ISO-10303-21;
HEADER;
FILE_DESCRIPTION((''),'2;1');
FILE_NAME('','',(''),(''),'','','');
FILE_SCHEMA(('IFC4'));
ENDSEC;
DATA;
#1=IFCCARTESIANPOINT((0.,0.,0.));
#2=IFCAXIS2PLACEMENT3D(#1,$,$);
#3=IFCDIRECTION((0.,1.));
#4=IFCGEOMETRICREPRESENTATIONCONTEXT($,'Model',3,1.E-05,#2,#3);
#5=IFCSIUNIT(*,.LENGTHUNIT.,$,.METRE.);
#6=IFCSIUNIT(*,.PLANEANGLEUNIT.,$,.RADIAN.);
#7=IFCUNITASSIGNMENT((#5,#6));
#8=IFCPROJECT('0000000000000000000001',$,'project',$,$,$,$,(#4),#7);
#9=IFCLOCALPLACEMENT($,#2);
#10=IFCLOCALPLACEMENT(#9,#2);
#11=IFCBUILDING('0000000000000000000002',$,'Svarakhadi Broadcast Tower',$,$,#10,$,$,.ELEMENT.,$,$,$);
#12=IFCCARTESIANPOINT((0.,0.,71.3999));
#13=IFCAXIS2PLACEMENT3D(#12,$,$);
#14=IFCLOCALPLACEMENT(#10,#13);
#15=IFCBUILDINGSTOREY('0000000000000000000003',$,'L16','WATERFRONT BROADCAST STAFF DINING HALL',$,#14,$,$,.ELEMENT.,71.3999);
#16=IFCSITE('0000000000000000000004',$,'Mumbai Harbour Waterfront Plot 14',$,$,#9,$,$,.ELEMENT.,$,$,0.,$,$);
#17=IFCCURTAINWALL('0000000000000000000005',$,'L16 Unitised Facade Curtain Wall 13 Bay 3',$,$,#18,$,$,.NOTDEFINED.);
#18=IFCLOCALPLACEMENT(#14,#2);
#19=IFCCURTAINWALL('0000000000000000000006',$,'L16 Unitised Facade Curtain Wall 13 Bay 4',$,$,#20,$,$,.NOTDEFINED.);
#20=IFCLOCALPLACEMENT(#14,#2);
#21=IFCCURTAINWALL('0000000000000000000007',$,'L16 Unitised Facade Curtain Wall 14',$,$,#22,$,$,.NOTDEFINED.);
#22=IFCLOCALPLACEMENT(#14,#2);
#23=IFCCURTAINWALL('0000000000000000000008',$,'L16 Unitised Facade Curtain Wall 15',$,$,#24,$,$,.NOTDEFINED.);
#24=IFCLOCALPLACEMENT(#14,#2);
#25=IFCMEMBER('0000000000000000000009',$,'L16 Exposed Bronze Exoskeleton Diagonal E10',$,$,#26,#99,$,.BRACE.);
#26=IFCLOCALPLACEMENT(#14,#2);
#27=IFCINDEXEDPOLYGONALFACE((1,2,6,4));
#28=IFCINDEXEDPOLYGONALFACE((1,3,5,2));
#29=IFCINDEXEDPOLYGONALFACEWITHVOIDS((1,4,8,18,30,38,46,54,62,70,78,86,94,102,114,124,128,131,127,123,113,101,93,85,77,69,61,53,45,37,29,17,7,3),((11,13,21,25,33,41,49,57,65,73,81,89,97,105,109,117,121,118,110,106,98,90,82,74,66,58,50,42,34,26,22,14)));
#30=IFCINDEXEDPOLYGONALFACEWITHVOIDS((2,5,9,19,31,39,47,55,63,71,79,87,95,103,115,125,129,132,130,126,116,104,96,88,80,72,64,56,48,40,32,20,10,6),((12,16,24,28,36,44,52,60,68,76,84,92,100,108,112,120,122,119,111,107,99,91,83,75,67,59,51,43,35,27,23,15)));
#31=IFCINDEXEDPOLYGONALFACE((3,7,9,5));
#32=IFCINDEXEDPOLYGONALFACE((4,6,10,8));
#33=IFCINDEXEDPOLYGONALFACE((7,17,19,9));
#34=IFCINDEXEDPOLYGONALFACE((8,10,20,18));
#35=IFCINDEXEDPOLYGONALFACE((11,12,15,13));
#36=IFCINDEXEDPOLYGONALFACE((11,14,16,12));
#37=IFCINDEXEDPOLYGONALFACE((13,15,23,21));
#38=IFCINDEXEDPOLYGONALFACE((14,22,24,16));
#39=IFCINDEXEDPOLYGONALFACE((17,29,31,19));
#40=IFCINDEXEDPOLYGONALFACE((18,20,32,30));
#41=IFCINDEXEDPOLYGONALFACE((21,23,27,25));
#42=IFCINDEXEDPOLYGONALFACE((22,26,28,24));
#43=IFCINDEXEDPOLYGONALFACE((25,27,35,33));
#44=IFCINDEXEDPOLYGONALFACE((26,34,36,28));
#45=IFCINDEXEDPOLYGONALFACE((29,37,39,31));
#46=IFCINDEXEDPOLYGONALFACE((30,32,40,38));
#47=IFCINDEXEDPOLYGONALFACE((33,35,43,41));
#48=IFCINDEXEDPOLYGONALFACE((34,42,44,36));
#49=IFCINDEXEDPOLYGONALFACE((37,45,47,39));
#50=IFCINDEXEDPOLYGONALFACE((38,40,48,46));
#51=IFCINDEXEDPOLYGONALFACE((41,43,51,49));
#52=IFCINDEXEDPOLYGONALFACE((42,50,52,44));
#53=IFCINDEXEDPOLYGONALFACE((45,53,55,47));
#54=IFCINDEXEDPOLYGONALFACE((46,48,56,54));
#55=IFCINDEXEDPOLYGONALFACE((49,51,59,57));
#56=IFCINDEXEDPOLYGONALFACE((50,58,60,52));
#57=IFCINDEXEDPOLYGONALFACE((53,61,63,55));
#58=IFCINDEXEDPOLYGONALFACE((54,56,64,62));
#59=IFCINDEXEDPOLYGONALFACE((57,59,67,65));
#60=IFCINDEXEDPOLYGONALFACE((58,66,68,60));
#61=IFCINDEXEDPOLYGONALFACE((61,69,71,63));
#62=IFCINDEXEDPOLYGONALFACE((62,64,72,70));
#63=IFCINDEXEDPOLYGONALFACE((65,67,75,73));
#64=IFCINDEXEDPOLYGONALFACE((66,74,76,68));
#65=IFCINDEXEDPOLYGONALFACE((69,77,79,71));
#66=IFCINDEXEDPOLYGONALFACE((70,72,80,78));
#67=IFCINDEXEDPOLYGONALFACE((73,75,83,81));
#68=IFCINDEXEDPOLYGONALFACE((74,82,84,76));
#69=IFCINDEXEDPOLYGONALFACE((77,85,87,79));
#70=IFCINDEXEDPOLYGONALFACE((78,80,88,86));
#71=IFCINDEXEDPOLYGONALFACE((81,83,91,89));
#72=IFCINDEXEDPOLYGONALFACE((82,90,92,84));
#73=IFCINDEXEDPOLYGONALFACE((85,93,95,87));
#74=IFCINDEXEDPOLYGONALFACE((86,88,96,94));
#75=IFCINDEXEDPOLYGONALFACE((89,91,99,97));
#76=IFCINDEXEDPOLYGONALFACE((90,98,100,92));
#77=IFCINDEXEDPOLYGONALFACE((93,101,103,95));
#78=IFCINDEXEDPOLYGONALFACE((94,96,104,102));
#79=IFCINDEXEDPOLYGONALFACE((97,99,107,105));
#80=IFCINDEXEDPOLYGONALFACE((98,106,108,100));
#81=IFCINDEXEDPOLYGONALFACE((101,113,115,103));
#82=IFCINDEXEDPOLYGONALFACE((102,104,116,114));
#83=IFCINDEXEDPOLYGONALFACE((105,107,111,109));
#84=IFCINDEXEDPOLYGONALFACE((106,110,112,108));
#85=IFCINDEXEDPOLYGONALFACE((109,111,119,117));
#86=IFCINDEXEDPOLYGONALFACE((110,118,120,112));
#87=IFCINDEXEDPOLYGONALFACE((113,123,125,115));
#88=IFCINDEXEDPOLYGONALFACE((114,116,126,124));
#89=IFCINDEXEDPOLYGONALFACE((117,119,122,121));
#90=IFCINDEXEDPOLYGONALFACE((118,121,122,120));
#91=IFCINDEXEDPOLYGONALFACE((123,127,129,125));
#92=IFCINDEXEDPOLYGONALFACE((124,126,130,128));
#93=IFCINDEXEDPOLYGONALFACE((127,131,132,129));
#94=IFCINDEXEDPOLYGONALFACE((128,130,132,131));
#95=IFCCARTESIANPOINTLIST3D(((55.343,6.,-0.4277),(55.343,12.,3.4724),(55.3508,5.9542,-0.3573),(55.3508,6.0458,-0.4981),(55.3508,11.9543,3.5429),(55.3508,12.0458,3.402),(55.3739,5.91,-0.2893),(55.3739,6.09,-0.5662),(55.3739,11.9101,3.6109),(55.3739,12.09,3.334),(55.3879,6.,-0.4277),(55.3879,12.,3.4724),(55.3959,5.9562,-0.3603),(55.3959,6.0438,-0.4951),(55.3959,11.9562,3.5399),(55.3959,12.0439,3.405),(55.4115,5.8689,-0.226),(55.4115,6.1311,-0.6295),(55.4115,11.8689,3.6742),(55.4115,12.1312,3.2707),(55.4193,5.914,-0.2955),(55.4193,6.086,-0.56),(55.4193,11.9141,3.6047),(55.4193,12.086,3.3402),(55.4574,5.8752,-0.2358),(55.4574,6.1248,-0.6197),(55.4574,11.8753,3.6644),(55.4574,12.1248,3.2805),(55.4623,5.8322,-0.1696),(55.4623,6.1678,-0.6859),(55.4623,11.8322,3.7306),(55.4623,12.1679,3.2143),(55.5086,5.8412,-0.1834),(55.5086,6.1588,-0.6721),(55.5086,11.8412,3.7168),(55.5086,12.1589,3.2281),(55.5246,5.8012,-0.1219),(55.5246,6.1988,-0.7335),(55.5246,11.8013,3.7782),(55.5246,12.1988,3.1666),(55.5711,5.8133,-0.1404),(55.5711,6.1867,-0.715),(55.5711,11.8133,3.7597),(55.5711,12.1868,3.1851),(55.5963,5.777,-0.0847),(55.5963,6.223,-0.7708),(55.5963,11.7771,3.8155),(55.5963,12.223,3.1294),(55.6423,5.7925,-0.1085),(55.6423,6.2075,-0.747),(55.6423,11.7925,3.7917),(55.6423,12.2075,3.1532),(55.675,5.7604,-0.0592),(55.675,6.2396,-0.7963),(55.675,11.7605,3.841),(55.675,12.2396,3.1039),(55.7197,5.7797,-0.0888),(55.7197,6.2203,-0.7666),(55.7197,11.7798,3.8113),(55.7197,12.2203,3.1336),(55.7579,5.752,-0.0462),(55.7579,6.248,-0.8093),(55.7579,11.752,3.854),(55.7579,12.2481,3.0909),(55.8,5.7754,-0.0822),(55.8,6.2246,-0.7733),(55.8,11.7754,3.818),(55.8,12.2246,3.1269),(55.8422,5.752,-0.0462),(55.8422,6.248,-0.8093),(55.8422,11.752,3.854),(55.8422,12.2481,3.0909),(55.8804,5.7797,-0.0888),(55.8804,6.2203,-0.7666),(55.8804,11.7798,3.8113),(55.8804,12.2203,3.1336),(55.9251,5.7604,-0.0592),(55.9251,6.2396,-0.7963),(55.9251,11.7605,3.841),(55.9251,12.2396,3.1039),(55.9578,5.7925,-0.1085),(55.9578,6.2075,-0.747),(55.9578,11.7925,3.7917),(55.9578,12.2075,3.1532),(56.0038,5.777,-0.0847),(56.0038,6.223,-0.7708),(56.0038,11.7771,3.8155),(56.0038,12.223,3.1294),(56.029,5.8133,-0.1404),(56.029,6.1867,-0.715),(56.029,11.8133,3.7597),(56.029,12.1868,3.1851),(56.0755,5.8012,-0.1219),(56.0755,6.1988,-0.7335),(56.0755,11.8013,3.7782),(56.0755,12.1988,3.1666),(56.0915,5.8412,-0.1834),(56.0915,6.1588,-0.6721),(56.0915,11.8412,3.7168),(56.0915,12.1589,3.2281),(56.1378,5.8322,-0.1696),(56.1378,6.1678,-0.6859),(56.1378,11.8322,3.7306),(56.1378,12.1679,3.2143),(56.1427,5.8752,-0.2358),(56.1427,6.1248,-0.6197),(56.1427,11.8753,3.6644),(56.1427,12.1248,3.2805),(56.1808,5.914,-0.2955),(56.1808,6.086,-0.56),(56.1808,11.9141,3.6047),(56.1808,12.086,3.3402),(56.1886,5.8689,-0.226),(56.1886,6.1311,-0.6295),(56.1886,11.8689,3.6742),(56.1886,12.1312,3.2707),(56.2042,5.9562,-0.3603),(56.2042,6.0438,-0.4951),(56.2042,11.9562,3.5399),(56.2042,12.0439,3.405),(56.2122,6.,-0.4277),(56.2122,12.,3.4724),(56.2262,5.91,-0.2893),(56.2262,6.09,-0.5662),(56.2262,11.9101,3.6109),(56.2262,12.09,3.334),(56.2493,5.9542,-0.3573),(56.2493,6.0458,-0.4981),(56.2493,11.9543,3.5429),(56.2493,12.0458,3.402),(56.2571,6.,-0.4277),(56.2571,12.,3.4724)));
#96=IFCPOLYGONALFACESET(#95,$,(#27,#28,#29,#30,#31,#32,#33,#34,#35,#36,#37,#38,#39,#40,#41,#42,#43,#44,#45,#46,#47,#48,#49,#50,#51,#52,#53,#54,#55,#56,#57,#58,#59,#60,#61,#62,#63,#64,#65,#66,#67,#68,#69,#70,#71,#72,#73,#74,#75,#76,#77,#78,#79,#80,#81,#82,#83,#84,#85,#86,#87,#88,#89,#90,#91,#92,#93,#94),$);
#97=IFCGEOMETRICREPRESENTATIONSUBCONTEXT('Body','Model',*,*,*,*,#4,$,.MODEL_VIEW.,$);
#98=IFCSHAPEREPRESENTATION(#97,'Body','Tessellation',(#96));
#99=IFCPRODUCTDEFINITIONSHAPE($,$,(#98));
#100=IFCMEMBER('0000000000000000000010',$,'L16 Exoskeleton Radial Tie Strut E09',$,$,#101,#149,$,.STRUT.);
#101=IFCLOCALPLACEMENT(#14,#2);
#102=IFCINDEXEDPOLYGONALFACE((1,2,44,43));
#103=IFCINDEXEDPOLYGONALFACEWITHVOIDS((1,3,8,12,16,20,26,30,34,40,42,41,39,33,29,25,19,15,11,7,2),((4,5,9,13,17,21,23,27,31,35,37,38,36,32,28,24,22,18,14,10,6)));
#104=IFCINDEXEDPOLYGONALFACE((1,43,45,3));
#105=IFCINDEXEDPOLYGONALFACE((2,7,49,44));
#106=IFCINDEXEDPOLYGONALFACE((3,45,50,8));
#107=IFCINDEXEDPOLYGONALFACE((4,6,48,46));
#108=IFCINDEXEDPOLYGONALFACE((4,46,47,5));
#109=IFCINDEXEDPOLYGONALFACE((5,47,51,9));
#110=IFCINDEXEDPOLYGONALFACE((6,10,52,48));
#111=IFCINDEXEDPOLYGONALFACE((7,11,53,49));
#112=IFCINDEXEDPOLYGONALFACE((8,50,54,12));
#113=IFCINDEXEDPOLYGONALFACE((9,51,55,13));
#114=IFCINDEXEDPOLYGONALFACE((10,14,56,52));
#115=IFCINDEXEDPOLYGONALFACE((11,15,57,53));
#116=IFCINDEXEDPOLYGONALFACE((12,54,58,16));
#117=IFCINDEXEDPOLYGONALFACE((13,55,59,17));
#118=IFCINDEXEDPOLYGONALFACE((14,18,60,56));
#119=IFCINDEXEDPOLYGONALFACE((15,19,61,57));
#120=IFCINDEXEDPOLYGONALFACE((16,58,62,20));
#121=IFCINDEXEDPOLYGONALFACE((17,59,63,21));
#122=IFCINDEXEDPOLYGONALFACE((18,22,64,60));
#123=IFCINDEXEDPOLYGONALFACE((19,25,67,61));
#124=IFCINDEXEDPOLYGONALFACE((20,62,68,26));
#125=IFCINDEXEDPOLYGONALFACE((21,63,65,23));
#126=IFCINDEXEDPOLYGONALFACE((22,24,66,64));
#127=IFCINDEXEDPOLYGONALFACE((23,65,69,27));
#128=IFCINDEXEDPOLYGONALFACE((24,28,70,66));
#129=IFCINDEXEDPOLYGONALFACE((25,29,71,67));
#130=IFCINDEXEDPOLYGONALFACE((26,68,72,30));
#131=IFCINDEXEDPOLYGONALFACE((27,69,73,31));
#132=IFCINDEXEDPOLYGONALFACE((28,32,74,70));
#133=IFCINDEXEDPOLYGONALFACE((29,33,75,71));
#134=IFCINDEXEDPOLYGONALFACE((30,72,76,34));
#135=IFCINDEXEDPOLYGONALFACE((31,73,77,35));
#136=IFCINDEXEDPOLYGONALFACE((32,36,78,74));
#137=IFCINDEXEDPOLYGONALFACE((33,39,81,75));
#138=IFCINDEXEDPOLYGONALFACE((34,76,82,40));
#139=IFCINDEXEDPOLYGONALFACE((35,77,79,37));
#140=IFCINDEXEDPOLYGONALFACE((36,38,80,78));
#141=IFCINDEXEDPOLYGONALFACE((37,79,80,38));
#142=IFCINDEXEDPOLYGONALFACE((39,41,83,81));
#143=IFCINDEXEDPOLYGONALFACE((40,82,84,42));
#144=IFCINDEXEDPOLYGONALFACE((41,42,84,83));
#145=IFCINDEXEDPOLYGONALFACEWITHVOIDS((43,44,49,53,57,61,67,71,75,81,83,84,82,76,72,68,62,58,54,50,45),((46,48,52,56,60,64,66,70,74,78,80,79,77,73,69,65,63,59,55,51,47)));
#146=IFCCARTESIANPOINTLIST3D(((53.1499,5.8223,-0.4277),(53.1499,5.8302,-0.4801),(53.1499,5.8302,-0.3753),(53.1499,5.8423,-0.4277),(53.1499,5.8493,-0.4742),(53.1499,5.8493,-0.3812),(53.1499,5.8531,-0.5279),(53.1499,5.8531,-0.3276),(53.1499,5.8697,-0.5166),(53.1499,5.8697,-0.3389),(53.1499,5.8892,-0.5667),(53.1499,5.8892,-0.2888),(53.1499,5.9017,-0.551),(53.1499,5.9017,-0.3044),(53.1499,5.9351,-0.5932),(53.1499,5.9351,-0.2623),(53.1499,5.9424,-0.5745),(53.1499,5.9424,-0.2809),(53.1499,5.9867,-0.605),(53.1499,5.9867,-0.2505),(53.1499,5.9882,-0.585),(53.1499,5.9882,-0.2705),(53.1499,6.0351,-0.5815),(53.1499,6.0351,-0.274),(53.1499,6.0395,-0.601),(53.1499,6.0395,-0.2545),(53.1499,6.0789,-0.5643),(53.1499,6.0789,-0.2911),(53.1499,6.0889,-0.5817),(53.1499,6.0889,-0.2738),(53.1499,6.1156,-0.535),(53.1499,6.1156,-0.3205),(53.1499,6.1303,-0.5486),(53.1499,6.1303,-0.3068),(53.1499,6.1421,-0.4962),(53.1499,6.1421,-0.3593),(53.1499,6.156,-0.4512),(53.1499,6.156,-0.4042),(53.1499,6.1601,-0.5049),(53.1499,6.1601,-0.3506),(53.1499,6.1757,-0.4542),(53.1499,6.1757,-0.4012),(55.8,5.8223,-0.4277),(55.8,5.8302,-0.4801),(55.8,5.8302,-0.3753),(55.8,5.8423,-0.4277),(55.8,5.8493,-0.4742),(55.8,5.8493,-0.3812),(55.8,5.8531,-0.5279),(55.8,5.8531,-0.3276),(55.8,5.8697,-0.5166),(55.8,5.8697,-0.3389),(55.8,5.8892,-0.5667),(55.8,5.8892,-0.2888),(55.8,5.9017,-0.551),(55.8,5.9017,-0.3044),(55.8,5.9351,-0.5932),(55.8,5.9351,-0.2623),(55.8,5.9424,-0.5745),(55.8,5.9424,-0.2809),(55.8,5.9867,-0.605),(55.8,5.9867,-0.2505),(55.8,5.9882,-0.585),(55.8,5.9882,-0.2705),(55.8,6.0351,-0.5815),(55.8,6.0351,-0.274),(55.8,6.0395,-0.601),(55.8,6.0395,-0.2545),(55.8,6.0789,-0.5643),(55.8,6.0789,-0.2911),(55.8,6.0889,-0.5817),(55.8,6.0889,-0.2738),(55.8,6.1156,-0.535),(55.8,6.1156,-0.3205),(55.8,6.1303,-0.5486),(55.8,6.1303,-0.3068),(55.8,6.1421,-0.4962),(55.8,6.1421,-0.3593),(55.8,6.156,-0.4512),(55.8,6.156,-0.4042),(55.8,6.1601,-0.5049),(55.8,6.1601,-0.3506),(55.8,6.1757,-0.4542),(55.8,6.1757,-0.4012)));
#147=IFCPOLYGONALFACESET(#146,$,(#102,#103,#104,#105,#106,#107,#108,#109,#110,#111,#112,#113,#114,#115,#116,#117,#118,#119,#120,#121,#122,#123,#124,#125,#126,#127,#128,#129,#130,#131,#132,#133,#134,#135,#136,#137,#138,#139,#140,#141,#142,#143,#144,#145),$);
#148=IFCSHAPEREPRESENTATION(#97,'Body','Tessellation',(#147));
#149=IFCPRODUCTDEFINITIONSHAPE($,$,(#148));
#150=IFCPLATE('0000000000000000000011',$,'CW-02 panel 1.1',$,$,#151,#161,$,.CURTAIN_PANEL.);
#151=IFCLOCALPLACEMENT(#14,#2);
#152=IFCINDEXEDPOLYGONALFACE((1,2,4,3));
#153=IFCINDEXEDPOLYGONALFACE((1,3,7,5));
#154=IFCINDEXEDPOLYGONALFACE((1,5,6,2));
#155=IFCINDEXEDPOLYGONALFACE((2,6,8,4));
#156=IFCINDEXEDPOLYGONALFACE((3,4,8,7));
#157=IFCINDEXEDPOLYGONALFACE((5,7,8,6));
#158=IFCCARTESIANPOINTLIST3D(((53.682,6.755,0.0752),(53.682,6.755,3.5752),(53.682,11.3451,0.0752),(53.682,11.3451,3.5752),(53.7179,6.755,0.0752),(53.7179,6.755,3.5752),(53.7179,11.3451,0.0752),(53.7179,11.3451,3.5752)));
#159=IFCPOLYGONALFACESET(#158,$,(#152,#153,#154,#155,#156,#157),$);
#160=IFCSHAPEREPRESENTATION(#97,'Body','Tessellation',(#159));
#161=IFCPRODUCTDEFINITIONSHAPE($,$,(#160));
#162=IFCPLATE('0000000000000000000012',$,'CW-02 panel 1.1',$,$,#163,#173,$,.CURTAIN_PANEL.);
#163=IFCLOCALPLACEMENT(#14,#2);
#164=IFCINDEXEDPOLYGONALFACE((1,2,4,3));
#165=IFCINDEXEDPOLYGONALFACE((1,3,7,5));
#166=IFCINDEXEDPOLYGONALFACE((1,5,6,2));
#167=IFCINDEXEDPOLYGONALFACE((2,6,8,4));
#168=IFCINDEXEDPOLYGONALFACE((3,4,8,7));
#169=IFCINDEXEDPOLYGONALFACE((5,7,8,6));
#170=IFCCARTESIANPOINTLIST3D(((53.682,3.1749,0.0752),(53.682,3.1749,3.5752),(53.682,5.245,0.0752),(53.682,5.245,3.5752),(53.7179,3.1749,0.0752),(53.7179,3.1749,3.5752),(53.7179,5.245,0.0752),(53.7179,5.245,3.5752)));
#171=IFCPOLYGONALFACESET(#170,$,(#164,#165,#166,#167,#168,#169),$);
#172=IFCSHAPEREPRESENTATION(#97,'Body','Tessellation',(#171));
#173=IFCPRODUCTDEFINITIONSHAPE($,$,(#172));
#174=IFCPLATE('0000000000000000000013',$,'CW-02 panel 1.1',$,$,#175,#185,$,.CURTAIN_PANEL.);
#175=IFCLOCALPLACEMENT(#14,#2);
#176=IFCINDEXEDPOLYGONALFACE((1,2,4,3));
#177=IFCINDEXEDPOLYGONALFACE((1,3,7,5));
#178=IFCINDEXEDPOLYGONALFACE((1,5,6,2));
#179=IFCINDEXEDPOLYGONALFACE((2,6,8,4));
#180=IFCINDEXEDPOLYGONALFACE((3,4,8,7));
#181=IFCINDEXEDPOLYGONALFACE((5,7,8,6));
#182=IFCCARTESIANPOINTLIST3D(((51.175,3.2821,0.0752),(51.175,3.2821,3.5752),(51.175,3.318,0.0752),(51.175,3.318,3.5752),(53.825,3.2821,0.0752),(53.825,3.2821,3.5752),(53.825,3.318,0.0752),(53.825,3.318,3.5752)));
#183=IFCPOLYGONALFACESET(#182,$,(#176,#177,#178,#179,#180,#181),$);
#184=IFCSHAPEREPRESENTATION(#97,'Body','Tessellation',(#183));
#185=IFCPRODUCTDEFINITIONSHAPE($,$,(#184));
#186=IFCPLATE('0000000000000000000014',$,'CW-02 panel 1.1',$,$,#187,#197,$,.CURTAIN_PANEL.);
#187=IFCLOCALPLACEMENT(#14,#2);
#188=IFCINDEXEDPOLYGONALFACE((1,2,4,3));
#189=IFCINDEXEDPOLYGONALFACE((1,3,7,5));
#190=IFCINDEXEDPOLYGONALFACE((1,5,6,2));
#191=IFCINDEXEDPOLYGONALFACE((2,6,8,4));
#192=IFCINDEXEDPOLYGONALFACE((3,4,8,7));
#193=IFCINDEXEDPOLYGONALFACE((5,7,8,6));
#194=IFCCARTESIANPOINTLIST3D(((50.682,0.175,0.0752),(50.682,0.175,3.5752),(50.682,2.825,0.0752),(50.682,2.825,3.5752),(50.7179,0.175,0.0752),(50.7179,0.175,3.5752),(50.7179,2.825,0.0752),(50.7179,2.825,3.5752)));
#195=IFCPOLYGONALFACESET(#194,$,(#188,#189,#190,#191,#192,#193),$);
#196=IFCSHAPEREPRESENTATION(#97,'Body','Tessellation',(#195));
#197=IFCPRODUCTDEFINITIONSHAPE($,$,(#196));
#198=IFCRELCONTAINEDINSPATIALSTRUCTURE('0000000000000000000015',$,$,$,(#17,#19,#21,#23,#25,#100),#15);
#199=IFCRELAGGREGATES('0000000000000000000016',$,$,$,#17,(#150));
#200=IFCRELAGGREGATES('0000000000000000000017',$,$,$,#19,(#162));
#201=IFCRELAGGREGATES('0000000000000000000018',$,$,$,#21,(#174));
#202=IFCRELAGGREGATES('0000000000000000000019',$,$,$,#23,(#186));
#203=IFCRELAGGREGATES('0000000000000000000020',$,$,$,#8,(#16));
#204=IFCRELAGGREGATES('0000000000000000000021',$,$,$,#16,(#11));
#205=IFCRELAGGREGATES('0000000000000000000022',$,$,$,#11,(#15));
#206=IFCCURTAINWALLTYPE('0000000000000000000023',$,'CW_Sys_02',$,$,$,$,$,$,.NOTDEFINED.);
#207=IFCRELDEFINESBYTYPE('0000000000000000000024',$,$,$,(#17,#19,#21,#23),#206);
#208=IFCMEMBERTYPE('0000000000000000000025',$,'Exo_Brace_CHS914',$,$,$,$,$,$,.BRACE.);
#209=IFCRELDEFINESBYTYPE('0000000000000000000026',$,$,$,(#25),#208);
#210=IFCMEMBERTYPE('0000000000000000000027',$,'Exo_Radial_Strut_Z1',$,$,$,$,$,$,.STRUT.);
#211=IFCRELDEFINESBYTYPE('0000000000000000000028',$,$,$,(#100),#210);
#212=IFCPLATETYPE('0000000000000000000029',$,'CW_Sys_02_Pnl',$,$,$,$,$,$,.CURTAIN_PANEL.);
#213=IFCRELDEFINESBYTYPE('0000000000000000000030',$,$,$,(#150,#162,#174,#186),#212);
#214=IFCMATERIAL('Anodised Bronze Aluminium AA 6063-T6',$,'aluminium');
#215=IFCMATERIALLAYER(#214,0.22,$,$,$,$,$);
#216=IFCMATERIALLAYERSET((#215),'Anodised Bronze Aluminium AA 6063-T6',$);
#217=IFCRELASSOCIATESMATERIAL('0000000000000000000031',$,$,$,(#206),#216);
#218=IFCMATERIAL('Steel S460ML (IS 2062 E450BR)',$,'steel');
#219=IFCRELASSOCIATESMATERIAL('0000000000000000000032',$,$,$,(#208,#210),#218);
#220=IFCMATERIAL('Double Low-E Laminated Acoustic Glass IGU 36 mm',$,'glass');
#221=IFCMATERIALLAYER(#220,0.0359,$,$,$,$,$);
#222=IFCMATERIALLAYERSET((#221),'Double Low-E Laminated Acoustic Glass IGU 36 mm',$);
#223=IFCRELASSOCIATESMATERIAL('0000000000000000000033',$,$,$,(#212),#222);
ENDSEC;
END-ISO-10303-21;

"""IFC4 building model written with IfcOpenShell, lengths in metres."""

from ifc_helpers import new_model, si_unit, direction, frame, origin, origin_2d, place, context, subcontext, project, spatial, rectangle, hollow_circle, extrude, material, layer, layer_set, material_profile, profile_set, type_object, element, aggregate, save


model = new_model("IFC4")

# Units and contexts
model_context = context("Model", 3, precision=1e-05, world=origin(), true_north=direction((0.0, 1.0)))
body_context = subcontext(model_context, "Body", "Model", "MODEL_VIEW")
ifc_project = project(units=[si_unit("LENGTHUNIT", "METRE"), si_unit("PLANEANGLEUNIT", "RADIAN")], contexts=[model_context])

# Site, building, storey
site_placement = place(None, origin())
site = spatial("IfcSite", under=ifc_project, at=site_placement, Name="Mumbai Harbour Waterfront Plot 14", CompositionType="ELEMENT", RefElevation=0.0)
building_placement = place(site_placement, origin())
building = spatial("IfcBuilding", under=site, at=building_placement, Name="Svarakhadi Broadcast Tower", CompositionType="ELEMENT")
storey_placement = place(building_placement, frame((0.0, 0.0, 71.3999)))
storey = spatial("IfcBuildingStorey", under=building, at=storey_placement, Name="L16", Description="WATERFRONT BROADCAST STAFF DINING HALL", CompositionType="ELEMENT", Elevation=71.3999)

# Curtain walls
ifc_material_1 = material(Name="Anodised Bronze Aluminium AA 6063-T6", Category="aluminium")
ifc_layer_1 = layer(ifc_material_1, 0.22)
ifc_layer_set_1 = layer_set([ifc_layer_1], Name="Anodised Bronze Aluminium AA 6063-T6")
curtain_wall_type = type_object("IfcCurtainWallType", Name="CW_Sys_02", PredefinedType="NOTDEFINED", material=ifc_layer_set_1)
curtain_wall_1_placement = place(storey_placement, origin())
curtain_wall_1 = element("IfcCurtainWall", 1, at=curtain_wall_1_placement, inside=storey, type_object=curtain_wall_type, Name="L16 Unitised Facade Curtain Wall 13 Bay 3", PredefinedType="NOTDEFINED")
curtain_wall_2_placement = place(storey_placement, origin())
curtain_wall_2 = element("IfcCurtainWall", 2, at=curtain_wall_2_placement, inside=storey, type_object=curtain_wall_type, Name="L16 Unitised Facade Curtain Wall 13 Bay 4", PredefinedType="NOTDEFINED")
curtain_wall_3_placement = place(storey_placement, origin())
curtain_wall_3 = element("IfcCurtainWall", 3, at=curtain_wall_3_placement, inside=storey, type_object=curtain_wall_type, Name="L16 Unitised Facade Curtain Wall 14", PredefinedType="NOTDEFINED")
curtain_wall_4_placement = place(storey_placement, origin())
curtain_wall_4 = element("IfcCurtainWall", 4, at=curtain_wall_4_placement, inside=storey, type_object=curtain_wall_type, Name="L16 Unitised Facade Curtain Wall 15", PredefinedType="NOTDEFINED")

# Members
ifc_material_2 = material(Name="Steel S460ML (IS 2062 E450BR)", Category="steel")
ifc_material_profile_1 = material_profile(ifc_material_2, hollow_circle(Radius=0.457, WallThickness=0.0449, at=origin_2d()), Name="CHS 914x45")
ifc_profile_set_1 = profile_set([ifc_material_profile_1], Name="Steel S460ML (IS 2062 E450BR)")
member_type_1 = type_object("IfcMemberType", Name="Exo_Brace_CHS914", PredefinedType="BRACE", material=ifc_profile_set_1)
member_1_placement = place(storey_placement, frame((55.8, 6.0, -0.4277), z_axis=(0.0, 0.838434, 0.545003), x_axis=(-1.0, 0.0, 0.0)))
element("IfcMember", 5, at=member_1_placement, inside=storey, type_object=member_type_1, Name="L16 Exposed Bronze Exoskeleton Diagonal E10", PredefinedType="BRACE", context=body_context, shape_type="SweptSolid", body=[
    extrude(hollow_circle(Radius=0.457, WallThickness=0.0449, at=origin_2d()), origin(), (0.0, 0.0, 1.0), 7.1562),
])
ifc_material_profile_2 = material_profile(ifc_material_2, hollow_circle(Radius=0.1777, WallThickness=0.02, at=origin_2d()), Name="CHS 355.6x20")
ifc_profile_set_2 = profile_set([ifc_material_profile_2], Name="Steel S460ML (IS 2062 E450BR)")
member_type_2 = type_object("IfcMemberType", Name="Exo_Radial_Strut_Z1", PredefinedType="STRUT", material=ifc_profile_set_2)
member_2_placement = place(storey_placement, frame((55.8, 6.0, -0.4277), z_axis=(-1.0, 0.0, 0.0), x_axis=(0.0, -1.0, 0.0)))
element("IfcMember", 6, at=member_2_placement, inside=storey, type_object=member_type_2, Name="L16 Exoskeleton Radial Tie Strut E09", PredefinedType="STRUT", context=body_context, shape_type="SweptSolid", body=[
    extrude(hollow_circle(Radius=0.1777, WallThickness=0.02, at=origin_2d()), origin(), (0.0, 0.0, 1.0), 2.6501),
])

# Plates
ifc_material_3 = material(Name="Double Low-E Laminated Acoustic Glass IGU 36 mm", Category="glass")
ifc_layer_2 = layer(ifc_material_3, 0.0359)
ifc_layer_set_2 = layer_set([ifc_layer_2], Name="Double Low-E Laminated Acoustic Glass IGU 36 mm")
plate_type_1 = type_object("IfcPlateType", Name="CW_Sys_02_Pnl", PredefinedType="CURTAIN_PANEL", material=ifc_layer_set_2)
plate_1_placement = place(storey_placement, frame((53.7, 9.05, 0.0752), z_axis=(0.0, 0.0, 1.0), x_axis=(0.0, -1.0, 0.0)))
plate_1 = element("IfcPlate", 7, at=plate_1_placement, type_object=plate_type_1, Name="CW-02 panel 1.1", PredefinedType="CURTAIN_PANEL", context=body_context, shape_type="SweptSolid", body=[
    extrude(rectangle(XDim=4.5901, YDim=0.0359, at=origin_2d()), origin(), (0.0, 0.0, 1.0), 3.5),
])
aggregate(curtain_wall_1, [plate_1])
plate_2_placement = place(storey_placement, frame((53.7, 4.21, 0.0752), z_axis=(0.0, 0.0, 1.0), x_axis=(0.0, -1.0, 0.0)))
plate_2 = element("IfcPlate", 8, at=plate_2_placement, type_object=plate_type_1, Name="CW-02 panel 1.1", PredefinedType="CURTAIN_PANEL", context=body_context, shape_type="SweptSolid", body=[
    extrude(rectangle(XDim=2.0701, YDim=0.0359, at=origin_2d()), origin(), (0.0, 0.0, 1.0), 3.5),
])
aggregate(curtain_wall_2, [plate_2])
plate_3_placement = place(storey_placement, frame((52.5, 3.3, 0.0752), z_axis=(0.0, 0.0, 1.0), x_axis=(-1.0, 0.0, 0.0)))
plate_3 = element("IfcPlate", 9, at=plate_3_placement, type_object=plate_type_1, Name="CW-02 panel 1.1", PredefinedType="CURTAIN_PANEL", context=body_context, shape_type="SweptSolid", body=[
    extrude(rectangle(XDim=2.6499, YDim=0.0359, at=origin_2d()), origin(), (0.0, 0.0, 1.0), 3.5),
])
aggregate(curtain_wall_3, [plate_3])
plate_4_placement = place(storey_placement, frame((50.7, 1.5, 0.0752), z_axis=(0.0, 0.0, 1.0), x_axis=(0.0, -1.0, 0.0)))
plate_4 = element("IfcPlate", 10, at=plate_4_placement, type_object=plate_type_1, Name="CW-02 panel 1.1", PredefinedType="CURTAIN_PANEL", context=body_context, shape_type="SweptSolid", body=[
    extrude(rectangle(XDim=2.6499, YDim=0.0359, at=origin_2d()), origin(), (0.0, 0.0, 1.0), 3.5),
])
aggregate(curtain_wall_4, [plate_4])

save(model, "model.ifc")
